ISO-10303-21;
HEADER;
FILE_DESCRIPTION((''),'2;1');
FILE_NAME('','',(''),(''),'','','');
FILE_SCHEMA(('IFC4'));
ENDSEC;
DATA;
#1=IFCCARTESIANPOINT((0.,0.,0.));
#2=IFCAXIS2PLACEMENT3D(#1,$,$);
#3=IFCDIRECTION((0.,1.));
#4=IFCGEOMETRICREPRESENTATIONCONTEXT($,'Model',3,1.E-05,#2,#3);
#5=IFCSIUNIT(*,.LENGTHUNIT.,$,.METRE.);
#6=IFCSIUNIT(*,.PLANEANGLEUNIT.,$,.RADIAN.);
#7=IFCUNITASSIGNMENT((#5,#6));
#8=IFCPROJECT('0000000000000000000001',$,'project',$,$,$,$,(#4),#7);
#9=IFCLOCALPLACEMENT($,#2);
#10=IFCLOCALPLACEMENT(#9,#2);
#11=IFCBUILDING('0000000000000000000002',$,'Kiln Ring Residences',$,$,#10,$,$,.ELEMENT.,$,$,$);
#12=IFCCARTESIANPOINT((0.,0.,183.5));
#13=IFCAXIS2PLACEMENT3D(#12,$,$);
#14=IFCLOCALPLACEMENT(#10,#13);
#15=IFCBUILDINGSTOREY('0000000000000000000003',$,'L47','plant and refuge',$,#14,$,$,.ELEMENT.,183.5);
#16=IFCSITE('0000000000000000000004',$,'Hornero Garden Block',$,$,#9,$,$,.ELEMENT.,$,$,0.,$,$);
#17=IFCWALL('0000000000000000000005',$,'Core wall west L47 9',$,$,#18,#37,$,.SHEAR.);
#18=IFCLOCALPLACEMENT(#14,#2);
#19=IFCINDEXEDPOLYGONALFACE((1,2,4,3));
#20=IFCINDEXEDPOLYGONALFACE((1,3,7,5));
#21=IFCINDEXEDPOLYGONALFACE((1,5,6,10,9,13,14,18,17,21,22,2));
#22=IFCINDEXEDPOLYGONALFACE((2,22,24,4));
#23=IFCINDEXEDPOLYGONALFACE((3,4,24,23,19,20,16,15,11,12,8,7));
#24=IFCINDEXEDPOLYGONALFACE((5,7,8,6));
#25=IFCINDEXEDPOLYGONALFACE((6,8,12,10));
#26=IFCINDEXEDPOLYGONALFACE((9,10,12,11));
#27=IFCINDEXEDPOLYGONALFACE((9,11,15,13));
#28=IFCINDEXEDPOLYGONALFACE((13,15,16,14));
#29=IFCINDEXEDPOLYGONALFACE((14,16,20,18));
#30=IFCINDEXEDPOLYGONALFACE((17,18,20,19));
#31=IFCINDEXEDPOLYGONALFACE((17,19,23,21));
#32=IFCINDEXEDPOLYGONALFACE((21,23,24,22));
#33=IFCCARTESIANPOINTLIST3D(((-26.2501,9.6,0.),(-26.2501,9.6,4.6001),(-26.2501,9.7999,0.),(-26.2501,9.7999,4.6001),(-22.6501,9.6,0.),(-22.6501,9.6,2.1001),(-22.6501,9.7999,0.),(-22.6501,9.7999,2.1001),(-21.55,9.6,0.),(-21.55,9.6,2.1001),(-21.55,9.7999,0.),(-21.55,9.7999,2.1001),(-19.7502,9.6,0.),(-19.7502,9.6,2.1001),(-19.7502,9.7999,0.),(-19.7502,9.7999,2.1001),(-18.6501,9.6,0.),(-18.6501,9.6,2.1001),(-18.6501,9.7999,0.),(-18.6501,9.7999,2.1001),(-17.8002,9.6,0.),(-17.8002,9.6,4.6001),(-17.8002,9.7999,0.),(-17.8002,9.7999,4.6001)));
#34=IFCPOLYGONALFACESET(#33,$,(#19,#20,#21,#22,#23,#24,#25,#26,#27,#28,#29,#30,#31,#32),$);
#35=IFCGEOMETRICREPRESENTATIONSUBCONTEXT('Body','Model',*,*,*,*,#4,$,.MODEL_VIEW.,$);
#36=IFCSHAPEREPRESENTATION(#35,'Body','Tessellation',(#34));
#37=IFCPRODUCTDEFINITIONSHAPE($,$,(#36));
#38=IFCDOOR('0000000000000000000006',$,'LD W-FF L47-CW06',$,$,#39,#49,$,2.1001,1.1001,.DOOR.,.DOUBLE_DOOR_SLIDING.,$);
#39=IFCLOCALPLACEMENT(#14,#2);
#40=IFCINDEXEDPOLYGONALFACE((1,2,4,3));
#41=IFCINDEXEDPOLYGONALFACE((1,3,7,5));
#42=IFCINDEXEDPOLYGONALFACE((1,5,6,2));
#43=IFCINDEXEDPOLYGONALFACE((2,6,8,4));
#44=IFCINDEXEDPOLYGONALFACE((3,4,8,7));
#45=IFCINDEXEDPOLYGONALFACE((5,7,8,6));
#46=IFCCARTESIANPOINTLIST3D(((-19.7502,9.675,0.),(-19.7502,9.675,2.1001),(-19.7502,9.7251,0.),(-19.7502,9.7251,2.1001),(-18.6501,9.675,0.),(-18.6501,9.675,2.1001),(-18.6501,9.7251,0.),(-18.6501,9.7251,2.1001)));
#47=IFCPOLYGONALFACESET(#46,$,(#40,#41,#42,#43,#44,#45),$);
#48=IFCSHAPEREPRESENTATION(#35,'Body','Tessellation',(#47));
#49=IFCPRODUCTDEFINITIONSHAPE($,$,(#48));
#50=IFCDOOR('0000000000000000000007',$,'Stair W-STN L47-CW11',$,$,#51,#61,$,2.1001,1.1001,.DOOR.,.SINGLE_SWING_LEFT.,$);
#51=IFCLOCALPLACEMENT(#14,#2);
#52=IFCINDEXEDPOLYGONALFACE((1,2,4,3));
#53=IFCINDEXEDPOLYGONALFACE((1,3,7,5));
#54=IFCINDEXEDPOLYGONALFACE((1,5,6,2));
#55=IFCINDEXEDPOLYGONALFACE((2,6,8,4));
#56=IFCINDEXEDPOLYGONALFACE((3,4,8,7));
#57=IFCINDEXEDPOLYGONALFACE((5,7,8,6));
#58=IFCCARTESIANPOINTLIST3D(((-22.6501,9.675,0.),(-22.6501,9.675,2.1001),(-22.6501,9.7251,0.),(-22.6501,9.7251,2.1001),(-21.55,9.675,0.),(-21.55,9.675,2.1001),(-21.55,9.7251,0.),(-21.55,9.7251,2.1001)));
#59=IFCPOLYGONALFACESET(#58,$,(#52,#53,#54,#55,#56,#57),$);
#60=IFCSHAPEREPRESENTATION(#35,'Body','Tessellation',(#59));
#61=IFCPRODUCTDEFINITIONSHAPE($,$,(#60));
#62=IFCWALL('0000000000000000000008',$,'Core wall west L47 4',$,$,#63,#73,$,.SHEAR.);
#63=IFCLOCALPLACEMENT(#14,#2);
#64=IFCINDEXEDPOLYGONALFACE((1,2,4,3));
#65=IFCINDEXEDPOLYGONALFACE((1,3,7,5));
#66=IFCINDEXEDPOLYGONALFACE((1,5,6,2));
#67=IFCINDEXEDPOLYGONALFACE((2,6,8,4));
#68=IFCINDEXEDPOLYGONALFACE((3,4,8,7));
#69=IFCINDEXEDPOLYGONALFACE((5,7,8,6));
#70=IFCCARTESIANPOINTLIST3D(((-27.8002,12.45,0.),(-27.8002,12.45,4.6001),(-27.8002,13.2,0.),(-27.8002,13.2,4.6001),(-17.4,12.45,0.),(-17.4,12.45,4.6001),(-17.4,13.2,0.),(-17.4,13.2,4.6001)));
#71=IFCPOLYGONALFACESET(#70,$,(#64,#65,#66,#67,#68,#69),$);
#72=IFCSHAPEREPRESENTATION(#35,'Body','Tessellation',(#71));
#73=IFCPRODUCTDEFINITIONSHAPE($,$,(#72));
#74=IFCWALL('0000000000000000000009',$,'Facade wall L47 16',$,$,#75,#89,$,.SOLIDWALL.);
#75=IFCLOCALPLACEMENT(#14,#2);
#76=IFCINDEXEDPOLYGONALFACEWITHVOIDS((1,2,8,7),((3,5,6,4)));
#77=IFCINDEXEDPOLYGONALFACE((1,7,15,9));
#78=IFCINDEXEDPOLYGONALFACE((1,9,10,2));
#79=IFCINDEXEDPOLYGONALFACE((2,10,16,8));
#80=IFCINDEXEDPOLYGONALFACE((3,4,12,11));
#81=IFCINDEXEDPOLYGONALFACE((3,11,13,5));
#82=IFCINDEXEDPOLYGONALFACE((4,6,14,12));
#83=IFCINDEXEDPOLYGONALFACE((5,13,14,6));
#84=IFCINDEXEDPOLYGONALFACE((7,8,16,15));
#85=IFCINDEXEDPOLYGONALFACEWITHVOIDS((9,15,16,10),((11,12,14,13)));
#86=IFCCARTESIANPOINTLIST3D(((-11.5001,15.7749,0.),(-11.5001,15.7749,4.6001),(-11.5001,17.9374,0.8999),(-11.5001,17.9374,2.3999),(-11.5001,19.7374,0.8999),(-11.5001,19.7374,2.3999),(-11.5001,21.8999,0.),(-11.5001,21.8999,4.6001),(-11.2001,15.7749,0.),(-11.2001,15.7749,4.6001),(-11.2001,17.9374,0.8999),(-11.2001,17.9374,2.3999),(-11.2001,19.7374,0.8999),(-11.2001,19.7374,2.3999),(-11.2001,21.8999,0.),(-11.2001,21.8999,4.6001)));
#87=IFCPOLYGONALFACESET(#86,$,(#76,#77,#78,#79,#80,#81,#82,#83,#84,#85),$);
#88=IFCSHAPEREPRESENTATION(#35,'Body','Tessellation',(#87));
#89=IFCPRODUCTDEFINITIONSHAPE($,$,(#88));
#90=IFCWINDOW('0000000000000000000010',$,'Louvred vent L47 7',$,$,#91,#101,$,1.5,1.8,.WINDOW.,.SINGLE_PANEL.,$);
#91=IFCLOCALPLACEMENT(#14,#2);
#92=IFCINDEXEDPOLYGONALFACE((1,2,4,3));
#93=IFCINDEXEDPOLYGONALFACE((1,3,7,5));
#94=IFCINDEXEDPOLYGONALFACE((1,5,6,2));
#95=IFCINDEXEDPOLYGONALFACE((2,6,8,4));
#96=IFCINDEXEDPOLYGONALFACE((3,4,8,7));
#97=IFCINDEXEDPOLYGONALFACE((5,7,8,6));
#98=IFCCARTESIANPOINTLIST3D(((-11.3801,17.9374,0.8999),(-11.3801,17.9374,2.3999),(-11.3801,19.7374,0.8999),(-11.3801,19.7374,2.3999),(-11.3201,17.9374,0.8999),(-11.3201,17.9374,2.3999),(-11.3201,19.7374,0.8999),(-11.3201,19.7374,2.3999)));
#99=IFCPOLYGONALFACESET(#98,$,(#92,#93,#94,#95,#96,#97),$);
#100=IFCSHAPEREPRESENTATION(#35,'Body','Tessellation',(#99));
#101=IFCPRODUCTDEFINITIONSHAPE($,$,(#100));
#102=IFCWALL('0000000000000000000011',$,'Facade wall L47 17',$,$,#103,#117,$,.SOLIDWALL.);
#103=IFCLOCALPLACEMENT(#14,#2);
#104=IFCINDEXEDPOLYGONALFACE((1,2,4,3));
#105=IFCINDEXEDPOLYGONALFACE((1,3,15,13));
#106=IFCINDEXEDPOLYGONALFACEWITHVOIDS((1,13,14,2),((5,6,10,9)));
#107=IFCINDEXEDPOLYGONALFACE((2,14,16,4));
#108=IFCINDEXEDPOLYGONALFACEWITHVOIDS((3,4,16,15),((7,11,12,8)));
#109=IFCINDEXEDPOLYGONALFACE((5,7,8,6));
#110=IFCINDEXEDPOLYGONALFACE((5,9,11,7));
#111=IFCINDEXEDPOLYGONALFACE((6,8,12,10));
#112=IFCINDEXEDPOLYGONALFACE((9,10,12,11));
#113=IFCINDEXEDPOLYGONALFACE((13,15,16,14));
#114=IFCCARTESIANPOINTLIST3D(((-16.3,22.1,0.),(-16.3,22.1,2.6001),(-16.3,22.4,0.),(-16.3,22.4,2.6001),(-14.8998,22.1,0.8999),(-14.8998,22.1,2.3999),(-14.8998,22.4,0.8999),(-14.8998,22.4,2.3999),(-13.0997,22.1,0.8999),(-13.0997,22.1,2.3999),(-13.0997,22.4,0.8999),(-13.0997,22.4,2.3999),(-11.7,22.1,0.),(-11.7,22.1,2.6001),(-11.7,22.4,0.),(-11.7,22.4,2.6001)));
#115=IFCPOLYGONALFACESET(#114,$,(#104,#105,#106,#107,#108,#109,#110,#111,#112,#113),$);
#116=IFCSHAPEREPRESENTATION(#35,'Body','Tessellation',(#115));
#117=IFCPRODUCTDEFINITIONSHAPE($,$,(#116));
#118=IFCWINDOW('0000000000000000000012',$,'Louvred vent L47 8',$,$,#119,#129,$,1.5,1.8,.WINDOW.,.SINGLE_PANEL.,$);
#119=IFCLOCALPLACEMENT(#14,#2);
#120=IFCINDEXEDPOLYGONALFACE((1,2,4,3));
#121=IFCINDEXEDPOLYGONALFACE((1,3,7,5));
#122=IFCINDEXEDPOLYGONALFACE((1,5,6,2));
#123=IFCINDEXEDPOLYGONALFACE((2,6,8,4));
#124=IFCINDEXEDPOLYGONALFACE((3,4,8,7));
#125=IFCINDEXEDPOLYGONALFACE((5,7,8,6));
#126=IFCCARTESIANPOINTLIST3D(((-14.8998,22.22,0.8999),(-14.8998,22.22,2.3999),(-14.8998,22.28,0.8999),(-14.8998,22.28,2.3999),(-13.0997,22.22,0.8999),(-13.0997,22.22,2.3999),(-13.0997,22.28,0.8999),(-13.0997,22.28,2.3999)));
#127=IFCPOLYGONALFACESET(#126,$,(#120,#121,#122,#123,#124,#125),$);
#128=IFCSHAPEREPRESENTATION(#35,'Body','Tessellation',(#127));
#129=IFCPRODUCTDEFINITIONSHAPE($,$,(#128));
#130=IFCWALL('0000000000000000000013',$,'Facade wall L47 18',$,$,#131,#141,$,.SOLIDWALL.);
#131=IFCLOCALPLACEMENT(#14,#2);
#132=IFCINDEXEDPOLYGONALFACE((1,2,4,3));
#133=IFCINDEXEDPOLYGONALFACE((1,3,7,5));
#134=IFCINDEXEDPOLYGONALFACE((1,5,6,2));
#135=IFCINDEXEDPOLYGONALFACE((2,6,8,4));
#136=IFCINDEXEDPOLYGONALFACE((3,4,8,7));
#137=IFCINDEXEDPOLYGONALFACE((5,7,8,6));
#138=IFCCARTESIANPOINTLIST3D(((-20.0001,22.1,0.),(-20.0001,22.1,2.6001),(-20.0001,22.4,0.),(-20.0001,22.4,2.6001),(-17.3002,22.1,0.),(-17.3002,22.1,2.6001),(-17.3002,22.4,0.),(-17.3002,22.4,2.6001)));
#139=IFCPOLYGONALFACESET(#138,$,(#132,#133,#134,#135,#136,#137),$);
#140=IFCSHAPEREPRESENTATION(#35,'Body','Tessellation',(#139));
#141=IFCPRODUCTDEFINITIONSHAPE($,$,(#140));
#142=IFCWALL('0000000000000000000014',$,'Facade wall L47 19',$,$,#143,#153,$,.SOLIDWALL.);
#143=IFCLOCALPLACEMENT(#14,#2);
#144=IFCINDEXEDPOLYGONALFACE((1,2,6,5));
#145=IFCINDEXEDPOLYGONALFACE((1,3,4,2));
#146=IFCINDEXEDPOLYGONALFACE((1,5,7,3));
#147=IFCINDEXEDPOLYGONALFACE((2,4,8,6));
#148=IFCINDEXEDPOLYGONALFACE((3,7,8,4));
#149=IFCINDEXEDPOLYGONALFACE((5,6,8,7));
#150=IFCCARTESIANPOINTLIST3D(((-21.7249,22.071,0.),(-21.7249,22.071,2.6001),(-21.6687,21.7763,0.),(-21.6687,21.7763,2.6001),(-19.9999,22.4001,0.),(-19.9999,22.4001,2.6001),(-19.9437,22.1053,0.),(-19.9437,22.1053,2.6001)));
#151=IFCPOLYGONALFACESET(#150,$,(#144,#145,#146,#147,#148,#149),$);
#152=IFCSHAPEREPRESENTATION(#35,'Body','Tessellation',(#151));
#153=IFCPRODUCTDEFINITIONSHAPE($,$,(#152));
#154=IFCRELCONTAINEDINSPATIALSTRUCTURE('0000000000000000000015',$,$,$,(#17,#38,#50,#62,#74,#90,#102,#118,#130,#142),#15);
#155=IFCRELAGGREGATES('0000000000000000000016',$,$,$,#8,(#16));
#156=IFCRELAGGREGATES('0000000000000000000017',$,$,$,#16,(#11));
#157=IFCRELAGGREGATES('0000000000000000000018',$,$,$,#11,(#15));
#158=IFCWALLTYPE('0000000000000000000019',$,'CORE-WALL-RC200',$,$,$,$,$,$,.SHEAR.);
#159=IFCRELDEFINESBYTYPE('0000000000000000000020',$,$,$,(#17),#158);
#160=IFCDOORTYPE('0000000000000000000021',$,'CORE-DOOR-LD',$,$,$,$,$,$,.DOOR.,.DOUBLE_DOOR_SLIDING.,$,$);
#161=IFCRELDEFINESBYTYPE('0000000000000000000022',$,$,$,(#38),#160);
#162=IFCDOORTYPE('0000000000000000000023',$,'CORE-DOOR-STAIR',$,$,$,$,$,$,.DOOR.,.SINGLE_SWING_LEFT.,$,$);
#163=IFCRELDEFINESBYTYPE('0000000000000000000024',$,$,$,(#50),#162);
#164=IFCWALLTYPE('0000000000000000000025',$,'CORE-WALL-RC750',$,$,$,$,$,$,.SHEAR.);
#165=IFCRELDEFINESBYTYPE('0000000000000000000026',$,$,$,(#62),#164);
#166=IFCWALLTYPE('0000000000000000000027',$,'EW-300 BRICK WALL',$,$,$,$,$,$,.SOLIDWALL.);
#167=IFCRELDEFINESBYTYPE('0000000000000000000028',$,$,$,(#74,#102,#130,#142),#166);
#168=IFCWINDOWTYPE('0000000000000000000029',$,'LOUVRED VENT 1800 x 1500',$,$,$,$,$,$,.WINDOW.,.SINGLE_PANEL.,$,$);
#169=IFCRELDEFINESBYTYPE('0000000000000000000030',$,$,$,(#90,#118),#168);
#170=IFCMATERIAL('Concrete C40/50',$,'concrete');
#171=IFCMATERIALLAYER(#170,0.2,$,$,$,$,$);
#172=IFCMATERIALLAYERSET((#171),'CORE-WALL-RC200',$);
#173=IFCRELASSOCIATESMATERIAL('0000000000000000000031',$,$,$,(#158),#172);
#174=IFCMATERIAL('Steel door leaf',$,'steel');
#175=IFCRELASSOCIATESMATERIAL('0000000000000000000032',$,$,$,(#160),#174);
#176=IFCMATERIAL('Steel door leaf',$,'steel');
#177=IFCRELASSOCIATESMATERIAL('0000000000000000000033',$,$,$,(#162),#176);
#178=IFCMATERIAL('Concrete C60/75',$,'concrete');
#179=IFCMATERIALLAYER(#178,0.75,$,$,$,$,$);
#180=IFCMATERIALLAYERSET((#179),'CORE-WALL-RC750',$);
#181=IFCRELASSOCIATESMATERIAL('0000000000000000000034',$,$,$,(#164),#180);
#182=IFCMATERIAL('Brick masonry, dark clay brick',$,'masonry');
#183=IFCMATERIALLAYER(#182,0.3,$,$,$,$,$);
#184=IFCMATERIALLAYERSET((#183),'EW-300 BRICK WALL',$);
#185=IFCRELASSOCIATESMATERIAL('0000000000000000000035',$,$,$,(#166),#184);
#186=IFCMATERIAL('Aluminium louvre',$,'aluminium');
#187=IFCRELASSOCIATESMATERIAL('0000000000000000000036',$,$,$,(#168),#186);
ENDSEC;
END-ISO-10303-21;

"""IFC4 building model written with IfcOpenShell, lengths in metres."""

from ifc_helpers import new_model, si_unit, direction, frame, frame_2d, origin, place, context, subcontext, project, spatial, rectangle, extrude, material, layer, layer_set, type_object, element, fill, save


model = new_model("IFC4")

# Units and contexts
model_context = context("Model", 3, precision=1e-05, world=origin(), true_north=direction((0.0, 1.0)))
body_context = subcontext(model_context, "Body", "Model", "MODEL_VIEW")
ifc_project = project(units=[si_unit("LENGTHUNIT", "METRE"), si_unit("PLANEANGLEUNIT", "RADIAN")], contexts=[model_context])

# Site, building, storey
site_placement = place(None, origin())
site = spatial("IfcSite", under=ifc_project, at=site_placement, Name="Hornero Garden Block", CompositionType="ELEMENT", RefElevation=0.0)
building_placement = place(site_placement, origin())
building = spatial("IfcBuilding", under=site, at=building_placement, Name="Kiln Ring Residences", CompositionType="ELEMENT")
storey_placement = place(building_placement, frame((0.0, 0.0, 183.5)))
storey = spatial("IfcBuildingStorey", under=building, at=storey_placement, Name="L47", Description="plant and refuge", CompositionType="ELEMENT", Elevation=183.5)

# Wall, openings, doors
ifc_material_1 = material(Name="Concrete C40/50", Category="concrete")
ifc_layer_1 = layer(ifc_material_1, 0.2)
ifc_layer_set_1 = layer_set([ifc_layer_1], Name="CORE-WALL-RC200")
wall_type_1 = type_object("IfcWallType", Name="CORE-WALL-RC200", PredefinedType="SHEAR", material=ifc_layer_set_1)
wall_1_placement = place(storey_placement, frame((-17.8, 9.7, 0.0), z_axis=(0.0, 0.0, 1.0), x_axis=(-1.0, 0.0, 0.0)))
wall_1 = element("IfcWall", 1, at=wall_1_placement, inside=storey, type_object=wall_type_1, Name="Core wall west L47 9", PredefinedType="SHEAR", context=body_context, shape_type="SweptSolid", body=[
    extrude(rectangle(XDim=8.45, YDim=0.2, at=frame_2d((4.2251, 0.0))), origin(), (0.0, 0.0, 1.0), 4.6001),
])
opening_1_placement = place(wall_1_placement, frame((0.8501, 0.0, 0.0)))
opening_1 = element("IfcOpeningElement", 2, at=opening_1_placement, cuts=wall_1, PredefinedType="OPENING", context=body_context, shape_type="SweptSolid", body=[
    extrude(rectangle(XDim=1.1001, YDim=2.1001, at=frame_2d((0.55, 1.05))), frame((0.0, 0.1099, 0.0), z_axis=(0.0, -1.0, 0.0), x_axis=(1.0, 0.0, 0.0)), (0.0, 0.0, 1.0), 0.22),
])
opening_2_placement = place(wall_1_placement, frame((3.75, 0.0, 0.0)))
opening_2 = element("IfcOpeningElement", 3, at=opening_2_placement, cuts=wall_1, PredefinedType="OPENING", context=body_context, shape_type="SweptSolid", body=[
    extrude(rectangle(XDim=1.1001, YDim=2.1001, at=frame_2d((0.55, 1.05))), frame((0.0, 0.1099, 0.0), z_axis=(0.0, -1.0, 0.0), x_axis=(1.0, 0.0, 0.0)), (0.0, 0.0, 1.0), 0.22),
])
ifc_material_2 = material(Name="Steel door leaf", Category="steel")
door_type_1 = type_object("IfcDoorType", Name="CORE-DOOR-LD", OperationType="DOUBLE_DOOR_SLIDING", PredefinedType="DOOR", material=ifc_material_2)
door_1_placement = place(opening_1_placement, origin())
door_1 = element("IfcDoor", 4, at=door_1_placement, inside=storey, type_object=door_type_1, Name="LD W-FF L47-CW06", OperationType="DOUBLE_DOOR_SLIDING", OverallHeight=2.1001, OverallWidth=1.1001, PredefinedType="DOOR", context=body_context, shape_type="SweptSolid", body=[
    extrude(rectangle(XDim=1.1001, YDim=2.1001, at=frame_2d((0.55, 1.05))), frame((0.0, 0.0249, 0.0), z_axis=(0.0, -1.0, 0.0), x_axis=(1.0, 0.0, 0.0)), (0.0, 0.0, 1.0), 0.05),
])
fill(opening_1, door_1)
ifc_material_3 = material(Name="Steel door leaf", Category="steel")
door_type_2 = type_object("IfcDoorType", Name="CORE-DOOR-STAIR", OperationType="SINGLE_SWING_LEFT", PredefinedType="DOOR", material=ifc_material_3)
door_2_placement = place(opening_2_placement, origin())
door_2 = element("IfcDoor", 5, at=door_2_placement, inside=storey, type_object=door_type_2, Name="Stair W-STN L47-CW11", OperationType="SINGLE_SWING_LEFT", OverallHeight=2.1001, OverallWidth=1.1001, PredefinedType="DOOR", context=body_context, shape_type="SweptSolid", body=[
    extrude(rectangle(XDim=1.1001, YDim=2.1001, at=frame_2d((0.55, 1.05))), frame((0.0, 0.0249, 0.0), z_axis=(0.0, -1.0, 0.0), x_axis=(1.0, 0.0, 0.0)), (0.0, 0.0, 1.0), 0.05),
])
fill(opening_2, door_2)

# Wall
ifc_material_4 = material(Name="Concrete C60/75", Category="concrete")
ifc_layer_2 = layer(ifc_material_4, 0.75)
ifc_layer_set_2 = layer_set([ifc_layer_2], Name="CORE-WALL-RC750")
wall_type_2 = type_object("IfcWallType", Name="CORE-WALL-RC750", PredefinedType="SHEAR", material=ifc_layer_set_2)
wall_2_placement = place(storey_placement, frame((-17.3999, 12.825, 0.0), z_axis=(0.0, 0.0, 1.0), x_axis=(-1.0, 0.0, 0.0)))
element("IfcWall", 6, at=wall_2_placement, inside=storey, type_object=wall_type_2, Name="Core wall west L47 4", PredefinedType="SHEAR", context=body_context, shape_type="SweptSolid", body=[
    extrude(rectangle(XDim=10.4001, YDim=0.75, at=frame_2d((5.2002, 0.0))), origin(), (0.0, 0.0, 1.0), 4.6001),
])

# Walls, openings, windows
ifc_material_5 = material(Name="Brick masonry, dark clay brick", Category="masonry")
ifc_layer_3 = layer(ifc_material_5, 0.3)
ifc_layer_set_3 = layer_set([ifc_layer_3], Name="EW-300 BRICK WALL")
wall_type_3 = type_object("IfcWallType", Name="EW-300 BRICK WALL", PredefinedType="SOLIDWALL", material=ifc_layer_set_3)
wall_3_placement = place(storey_placement, frame((-11.3501, 15.7749, 0.0), z_axis=(0.0, 0.0, 1.0), x_axis=(0.0, 1.0, 0.0)))
wall_3 = element("IfcWall", 7, at=wall_3_placement, inside=storey, type_object=wall_type_3, Name="Facade wall L47 16", PredefinedType="SOLIDWALL", context=body_context, shape_type="SweptSolid", body=[
    extrude(rectangle(XDim=6.125, YDim=0.3, at=frame_2d((3.0625, 0.0))), origin(), (0.0, 0.0, 1.0), 4.6001),
])
opening_3_placement = place(wall_3_placement, frame((2.1626, 0.0, 0.8999)))
opening_3 = element("IfcOpeningElement", 8, at=opening_3_placement, cuts=wall_3, PredefinedType="OPENING", context=body_context, shape_type="SweptSolid", body=[
    extrude(rectangle(XDim=1.8, YDim=1.5, at=frame_2d((0.8999, 0.75))), frame((0.0, 0.1599, 0.0), z_axis=(0.0, -1.0, 0.0), x_axis=(1.0, 0.0, 0.0)), (0.0, 0.0, 1.0), 0.3201),
])
ifc_material_6 = material(Name="Aluminium louvre", Category="aluminium")
window_type = type_object("IfcWindowType", Name="LOUVRED VENT 1800 x 1500", PartitioningType="SINGLE_PANEL", PredefinedType="WINDOW", material=ifc_material_6)
window_1_placement = place(opening_3_placement, origin())
window_1 = element("IfcWindow", 9, at=window_1_placement, inside=storey, type_object=window_type, Name="Louvred vent L47 7", OverallHeight=1.5, OverallWidth=1.8, PartitioningType="SINGLE_PANEL", PredefinedType="WINDOW", context=body_context, shape_type="SweptSolid", body=[
    extrude(rectangle(XDim=1.8, YDim=1.5, at=frame_2d((0.8999, 0.75))), frame((0.0, 0.03, 0.0), z_axis=(0.0, -1.0, 0.0), x_axis=(1.0, 0.0, 0.0)), (0.0, 0.0, 1.0), 0.0601),
])
fill(opening_3, window_1)
wall_4_placement = place(storey_placement, frame((-11.7, 22.25, 0.0), z_axis=(0.0, 0.0, 1.0), x_axis=(-1.0, 0.0, 0.0)))
wall_4 = element("IfcWall", 10, at=wall_4_placement, inside=storey, type_object=wall_type_3, Name="Facade wall L47 17", PredefinedType="SOLIDWALL", context=body_context, shape_type="SweptSolid", body=[
    extrude(rectangle(XDim=4.6001, YDim=0.3, at=frame_2d((2.3, 0.0))), origin(), (0.0, 0.0, 1.0), 2.6001),
])
opening_4_placement = place(wall_4_placement, frame((1.3999, 0.0, 0.8999)))
opening_4 = element("IfcOpeningElement", 11, at=opening_4_placement, cuts=wall_4, PredefinedType="OPENING", context=body_context, shape_type="SweptSolid", body=[
    extrude(rectangle(XDim=1.8, YDim=1.5, at=frame_2d((0.8999, 0.75))), frame((0.0, 0.1599, 0.0), z_axis=(0.0, -1.0, 0.0), x_axis=(1.0, 0.0, 0.0)), (0.0, 0.0, 1.0), 0.3201),
])
window_2_placement = place(opening_4_placement, origin())
window_2 = element("IfcWindow", 12, at=window_2_placement, inside=storey, type_object=window_type, Name="Louvred vent L47 8", OverallHeight=1.5, OverallWidth=1.8, PartitioningType="SINGLE_PANEL", PredefinedType="WINDOW", context=body_context, shape_type="SweptSolid", body=[
    extrude(rectangle(XDim=1.8, YDim=1.5, at=frame_2d((0.8999, 0.75))), frame((0.0, 0.03, 0.0), z_axis=(0.0, -1.0, 0.0), x_axis=(1.0, 0.0, 0.0)), (0.0, 0.0, 1.0), 0.0601),
])
fill(opening_4, window_2)

# Walls
wall_5_placement = place(storey_placement, frame((-17.3, 22.25, 0.0), z_axis=(0.0, 0.0, 1.0), x_axis=(-1.0, 0.0, 0.0)))
element("IfcWall", 13, at=wall_5_placement, inside=storey, type_object=wall_type_3, Name="Facade wall L47 18", PredefinedType="SOLIDWALL", context=body_context, shape_type="SweptSolid", body=[
    extrude(rectangle(XDim=2.7, YDim=0.3, at=frame_2d((1.3501, 0.0))), origin(), (0.0, 0.0, 1.0), 2.6001),
])
wall_6_placement = place(storey_placement, frame((-19.9719, 22.2527, 0.0), z_axis=(0.0, 0.0, 1.0), x_axis=(-0.982285, -0.187393, 0.0)))
element("IfcWall", 14, at=wall_6_placement, inside=storey, type_object=wall_type_3, Name="Facade wall L47 19", PredefinedType="SOLIDWALL", context=body_context, shape_type="SweptSolid", body=[
    extrude(rectangle(XDim=1.7561, YDim=0.3, at=frame_2d((0.8779, 0.0))), origin(), (0.0, 0.0, 1.0), 2.6001),
])

save(model, "model.ifc")
